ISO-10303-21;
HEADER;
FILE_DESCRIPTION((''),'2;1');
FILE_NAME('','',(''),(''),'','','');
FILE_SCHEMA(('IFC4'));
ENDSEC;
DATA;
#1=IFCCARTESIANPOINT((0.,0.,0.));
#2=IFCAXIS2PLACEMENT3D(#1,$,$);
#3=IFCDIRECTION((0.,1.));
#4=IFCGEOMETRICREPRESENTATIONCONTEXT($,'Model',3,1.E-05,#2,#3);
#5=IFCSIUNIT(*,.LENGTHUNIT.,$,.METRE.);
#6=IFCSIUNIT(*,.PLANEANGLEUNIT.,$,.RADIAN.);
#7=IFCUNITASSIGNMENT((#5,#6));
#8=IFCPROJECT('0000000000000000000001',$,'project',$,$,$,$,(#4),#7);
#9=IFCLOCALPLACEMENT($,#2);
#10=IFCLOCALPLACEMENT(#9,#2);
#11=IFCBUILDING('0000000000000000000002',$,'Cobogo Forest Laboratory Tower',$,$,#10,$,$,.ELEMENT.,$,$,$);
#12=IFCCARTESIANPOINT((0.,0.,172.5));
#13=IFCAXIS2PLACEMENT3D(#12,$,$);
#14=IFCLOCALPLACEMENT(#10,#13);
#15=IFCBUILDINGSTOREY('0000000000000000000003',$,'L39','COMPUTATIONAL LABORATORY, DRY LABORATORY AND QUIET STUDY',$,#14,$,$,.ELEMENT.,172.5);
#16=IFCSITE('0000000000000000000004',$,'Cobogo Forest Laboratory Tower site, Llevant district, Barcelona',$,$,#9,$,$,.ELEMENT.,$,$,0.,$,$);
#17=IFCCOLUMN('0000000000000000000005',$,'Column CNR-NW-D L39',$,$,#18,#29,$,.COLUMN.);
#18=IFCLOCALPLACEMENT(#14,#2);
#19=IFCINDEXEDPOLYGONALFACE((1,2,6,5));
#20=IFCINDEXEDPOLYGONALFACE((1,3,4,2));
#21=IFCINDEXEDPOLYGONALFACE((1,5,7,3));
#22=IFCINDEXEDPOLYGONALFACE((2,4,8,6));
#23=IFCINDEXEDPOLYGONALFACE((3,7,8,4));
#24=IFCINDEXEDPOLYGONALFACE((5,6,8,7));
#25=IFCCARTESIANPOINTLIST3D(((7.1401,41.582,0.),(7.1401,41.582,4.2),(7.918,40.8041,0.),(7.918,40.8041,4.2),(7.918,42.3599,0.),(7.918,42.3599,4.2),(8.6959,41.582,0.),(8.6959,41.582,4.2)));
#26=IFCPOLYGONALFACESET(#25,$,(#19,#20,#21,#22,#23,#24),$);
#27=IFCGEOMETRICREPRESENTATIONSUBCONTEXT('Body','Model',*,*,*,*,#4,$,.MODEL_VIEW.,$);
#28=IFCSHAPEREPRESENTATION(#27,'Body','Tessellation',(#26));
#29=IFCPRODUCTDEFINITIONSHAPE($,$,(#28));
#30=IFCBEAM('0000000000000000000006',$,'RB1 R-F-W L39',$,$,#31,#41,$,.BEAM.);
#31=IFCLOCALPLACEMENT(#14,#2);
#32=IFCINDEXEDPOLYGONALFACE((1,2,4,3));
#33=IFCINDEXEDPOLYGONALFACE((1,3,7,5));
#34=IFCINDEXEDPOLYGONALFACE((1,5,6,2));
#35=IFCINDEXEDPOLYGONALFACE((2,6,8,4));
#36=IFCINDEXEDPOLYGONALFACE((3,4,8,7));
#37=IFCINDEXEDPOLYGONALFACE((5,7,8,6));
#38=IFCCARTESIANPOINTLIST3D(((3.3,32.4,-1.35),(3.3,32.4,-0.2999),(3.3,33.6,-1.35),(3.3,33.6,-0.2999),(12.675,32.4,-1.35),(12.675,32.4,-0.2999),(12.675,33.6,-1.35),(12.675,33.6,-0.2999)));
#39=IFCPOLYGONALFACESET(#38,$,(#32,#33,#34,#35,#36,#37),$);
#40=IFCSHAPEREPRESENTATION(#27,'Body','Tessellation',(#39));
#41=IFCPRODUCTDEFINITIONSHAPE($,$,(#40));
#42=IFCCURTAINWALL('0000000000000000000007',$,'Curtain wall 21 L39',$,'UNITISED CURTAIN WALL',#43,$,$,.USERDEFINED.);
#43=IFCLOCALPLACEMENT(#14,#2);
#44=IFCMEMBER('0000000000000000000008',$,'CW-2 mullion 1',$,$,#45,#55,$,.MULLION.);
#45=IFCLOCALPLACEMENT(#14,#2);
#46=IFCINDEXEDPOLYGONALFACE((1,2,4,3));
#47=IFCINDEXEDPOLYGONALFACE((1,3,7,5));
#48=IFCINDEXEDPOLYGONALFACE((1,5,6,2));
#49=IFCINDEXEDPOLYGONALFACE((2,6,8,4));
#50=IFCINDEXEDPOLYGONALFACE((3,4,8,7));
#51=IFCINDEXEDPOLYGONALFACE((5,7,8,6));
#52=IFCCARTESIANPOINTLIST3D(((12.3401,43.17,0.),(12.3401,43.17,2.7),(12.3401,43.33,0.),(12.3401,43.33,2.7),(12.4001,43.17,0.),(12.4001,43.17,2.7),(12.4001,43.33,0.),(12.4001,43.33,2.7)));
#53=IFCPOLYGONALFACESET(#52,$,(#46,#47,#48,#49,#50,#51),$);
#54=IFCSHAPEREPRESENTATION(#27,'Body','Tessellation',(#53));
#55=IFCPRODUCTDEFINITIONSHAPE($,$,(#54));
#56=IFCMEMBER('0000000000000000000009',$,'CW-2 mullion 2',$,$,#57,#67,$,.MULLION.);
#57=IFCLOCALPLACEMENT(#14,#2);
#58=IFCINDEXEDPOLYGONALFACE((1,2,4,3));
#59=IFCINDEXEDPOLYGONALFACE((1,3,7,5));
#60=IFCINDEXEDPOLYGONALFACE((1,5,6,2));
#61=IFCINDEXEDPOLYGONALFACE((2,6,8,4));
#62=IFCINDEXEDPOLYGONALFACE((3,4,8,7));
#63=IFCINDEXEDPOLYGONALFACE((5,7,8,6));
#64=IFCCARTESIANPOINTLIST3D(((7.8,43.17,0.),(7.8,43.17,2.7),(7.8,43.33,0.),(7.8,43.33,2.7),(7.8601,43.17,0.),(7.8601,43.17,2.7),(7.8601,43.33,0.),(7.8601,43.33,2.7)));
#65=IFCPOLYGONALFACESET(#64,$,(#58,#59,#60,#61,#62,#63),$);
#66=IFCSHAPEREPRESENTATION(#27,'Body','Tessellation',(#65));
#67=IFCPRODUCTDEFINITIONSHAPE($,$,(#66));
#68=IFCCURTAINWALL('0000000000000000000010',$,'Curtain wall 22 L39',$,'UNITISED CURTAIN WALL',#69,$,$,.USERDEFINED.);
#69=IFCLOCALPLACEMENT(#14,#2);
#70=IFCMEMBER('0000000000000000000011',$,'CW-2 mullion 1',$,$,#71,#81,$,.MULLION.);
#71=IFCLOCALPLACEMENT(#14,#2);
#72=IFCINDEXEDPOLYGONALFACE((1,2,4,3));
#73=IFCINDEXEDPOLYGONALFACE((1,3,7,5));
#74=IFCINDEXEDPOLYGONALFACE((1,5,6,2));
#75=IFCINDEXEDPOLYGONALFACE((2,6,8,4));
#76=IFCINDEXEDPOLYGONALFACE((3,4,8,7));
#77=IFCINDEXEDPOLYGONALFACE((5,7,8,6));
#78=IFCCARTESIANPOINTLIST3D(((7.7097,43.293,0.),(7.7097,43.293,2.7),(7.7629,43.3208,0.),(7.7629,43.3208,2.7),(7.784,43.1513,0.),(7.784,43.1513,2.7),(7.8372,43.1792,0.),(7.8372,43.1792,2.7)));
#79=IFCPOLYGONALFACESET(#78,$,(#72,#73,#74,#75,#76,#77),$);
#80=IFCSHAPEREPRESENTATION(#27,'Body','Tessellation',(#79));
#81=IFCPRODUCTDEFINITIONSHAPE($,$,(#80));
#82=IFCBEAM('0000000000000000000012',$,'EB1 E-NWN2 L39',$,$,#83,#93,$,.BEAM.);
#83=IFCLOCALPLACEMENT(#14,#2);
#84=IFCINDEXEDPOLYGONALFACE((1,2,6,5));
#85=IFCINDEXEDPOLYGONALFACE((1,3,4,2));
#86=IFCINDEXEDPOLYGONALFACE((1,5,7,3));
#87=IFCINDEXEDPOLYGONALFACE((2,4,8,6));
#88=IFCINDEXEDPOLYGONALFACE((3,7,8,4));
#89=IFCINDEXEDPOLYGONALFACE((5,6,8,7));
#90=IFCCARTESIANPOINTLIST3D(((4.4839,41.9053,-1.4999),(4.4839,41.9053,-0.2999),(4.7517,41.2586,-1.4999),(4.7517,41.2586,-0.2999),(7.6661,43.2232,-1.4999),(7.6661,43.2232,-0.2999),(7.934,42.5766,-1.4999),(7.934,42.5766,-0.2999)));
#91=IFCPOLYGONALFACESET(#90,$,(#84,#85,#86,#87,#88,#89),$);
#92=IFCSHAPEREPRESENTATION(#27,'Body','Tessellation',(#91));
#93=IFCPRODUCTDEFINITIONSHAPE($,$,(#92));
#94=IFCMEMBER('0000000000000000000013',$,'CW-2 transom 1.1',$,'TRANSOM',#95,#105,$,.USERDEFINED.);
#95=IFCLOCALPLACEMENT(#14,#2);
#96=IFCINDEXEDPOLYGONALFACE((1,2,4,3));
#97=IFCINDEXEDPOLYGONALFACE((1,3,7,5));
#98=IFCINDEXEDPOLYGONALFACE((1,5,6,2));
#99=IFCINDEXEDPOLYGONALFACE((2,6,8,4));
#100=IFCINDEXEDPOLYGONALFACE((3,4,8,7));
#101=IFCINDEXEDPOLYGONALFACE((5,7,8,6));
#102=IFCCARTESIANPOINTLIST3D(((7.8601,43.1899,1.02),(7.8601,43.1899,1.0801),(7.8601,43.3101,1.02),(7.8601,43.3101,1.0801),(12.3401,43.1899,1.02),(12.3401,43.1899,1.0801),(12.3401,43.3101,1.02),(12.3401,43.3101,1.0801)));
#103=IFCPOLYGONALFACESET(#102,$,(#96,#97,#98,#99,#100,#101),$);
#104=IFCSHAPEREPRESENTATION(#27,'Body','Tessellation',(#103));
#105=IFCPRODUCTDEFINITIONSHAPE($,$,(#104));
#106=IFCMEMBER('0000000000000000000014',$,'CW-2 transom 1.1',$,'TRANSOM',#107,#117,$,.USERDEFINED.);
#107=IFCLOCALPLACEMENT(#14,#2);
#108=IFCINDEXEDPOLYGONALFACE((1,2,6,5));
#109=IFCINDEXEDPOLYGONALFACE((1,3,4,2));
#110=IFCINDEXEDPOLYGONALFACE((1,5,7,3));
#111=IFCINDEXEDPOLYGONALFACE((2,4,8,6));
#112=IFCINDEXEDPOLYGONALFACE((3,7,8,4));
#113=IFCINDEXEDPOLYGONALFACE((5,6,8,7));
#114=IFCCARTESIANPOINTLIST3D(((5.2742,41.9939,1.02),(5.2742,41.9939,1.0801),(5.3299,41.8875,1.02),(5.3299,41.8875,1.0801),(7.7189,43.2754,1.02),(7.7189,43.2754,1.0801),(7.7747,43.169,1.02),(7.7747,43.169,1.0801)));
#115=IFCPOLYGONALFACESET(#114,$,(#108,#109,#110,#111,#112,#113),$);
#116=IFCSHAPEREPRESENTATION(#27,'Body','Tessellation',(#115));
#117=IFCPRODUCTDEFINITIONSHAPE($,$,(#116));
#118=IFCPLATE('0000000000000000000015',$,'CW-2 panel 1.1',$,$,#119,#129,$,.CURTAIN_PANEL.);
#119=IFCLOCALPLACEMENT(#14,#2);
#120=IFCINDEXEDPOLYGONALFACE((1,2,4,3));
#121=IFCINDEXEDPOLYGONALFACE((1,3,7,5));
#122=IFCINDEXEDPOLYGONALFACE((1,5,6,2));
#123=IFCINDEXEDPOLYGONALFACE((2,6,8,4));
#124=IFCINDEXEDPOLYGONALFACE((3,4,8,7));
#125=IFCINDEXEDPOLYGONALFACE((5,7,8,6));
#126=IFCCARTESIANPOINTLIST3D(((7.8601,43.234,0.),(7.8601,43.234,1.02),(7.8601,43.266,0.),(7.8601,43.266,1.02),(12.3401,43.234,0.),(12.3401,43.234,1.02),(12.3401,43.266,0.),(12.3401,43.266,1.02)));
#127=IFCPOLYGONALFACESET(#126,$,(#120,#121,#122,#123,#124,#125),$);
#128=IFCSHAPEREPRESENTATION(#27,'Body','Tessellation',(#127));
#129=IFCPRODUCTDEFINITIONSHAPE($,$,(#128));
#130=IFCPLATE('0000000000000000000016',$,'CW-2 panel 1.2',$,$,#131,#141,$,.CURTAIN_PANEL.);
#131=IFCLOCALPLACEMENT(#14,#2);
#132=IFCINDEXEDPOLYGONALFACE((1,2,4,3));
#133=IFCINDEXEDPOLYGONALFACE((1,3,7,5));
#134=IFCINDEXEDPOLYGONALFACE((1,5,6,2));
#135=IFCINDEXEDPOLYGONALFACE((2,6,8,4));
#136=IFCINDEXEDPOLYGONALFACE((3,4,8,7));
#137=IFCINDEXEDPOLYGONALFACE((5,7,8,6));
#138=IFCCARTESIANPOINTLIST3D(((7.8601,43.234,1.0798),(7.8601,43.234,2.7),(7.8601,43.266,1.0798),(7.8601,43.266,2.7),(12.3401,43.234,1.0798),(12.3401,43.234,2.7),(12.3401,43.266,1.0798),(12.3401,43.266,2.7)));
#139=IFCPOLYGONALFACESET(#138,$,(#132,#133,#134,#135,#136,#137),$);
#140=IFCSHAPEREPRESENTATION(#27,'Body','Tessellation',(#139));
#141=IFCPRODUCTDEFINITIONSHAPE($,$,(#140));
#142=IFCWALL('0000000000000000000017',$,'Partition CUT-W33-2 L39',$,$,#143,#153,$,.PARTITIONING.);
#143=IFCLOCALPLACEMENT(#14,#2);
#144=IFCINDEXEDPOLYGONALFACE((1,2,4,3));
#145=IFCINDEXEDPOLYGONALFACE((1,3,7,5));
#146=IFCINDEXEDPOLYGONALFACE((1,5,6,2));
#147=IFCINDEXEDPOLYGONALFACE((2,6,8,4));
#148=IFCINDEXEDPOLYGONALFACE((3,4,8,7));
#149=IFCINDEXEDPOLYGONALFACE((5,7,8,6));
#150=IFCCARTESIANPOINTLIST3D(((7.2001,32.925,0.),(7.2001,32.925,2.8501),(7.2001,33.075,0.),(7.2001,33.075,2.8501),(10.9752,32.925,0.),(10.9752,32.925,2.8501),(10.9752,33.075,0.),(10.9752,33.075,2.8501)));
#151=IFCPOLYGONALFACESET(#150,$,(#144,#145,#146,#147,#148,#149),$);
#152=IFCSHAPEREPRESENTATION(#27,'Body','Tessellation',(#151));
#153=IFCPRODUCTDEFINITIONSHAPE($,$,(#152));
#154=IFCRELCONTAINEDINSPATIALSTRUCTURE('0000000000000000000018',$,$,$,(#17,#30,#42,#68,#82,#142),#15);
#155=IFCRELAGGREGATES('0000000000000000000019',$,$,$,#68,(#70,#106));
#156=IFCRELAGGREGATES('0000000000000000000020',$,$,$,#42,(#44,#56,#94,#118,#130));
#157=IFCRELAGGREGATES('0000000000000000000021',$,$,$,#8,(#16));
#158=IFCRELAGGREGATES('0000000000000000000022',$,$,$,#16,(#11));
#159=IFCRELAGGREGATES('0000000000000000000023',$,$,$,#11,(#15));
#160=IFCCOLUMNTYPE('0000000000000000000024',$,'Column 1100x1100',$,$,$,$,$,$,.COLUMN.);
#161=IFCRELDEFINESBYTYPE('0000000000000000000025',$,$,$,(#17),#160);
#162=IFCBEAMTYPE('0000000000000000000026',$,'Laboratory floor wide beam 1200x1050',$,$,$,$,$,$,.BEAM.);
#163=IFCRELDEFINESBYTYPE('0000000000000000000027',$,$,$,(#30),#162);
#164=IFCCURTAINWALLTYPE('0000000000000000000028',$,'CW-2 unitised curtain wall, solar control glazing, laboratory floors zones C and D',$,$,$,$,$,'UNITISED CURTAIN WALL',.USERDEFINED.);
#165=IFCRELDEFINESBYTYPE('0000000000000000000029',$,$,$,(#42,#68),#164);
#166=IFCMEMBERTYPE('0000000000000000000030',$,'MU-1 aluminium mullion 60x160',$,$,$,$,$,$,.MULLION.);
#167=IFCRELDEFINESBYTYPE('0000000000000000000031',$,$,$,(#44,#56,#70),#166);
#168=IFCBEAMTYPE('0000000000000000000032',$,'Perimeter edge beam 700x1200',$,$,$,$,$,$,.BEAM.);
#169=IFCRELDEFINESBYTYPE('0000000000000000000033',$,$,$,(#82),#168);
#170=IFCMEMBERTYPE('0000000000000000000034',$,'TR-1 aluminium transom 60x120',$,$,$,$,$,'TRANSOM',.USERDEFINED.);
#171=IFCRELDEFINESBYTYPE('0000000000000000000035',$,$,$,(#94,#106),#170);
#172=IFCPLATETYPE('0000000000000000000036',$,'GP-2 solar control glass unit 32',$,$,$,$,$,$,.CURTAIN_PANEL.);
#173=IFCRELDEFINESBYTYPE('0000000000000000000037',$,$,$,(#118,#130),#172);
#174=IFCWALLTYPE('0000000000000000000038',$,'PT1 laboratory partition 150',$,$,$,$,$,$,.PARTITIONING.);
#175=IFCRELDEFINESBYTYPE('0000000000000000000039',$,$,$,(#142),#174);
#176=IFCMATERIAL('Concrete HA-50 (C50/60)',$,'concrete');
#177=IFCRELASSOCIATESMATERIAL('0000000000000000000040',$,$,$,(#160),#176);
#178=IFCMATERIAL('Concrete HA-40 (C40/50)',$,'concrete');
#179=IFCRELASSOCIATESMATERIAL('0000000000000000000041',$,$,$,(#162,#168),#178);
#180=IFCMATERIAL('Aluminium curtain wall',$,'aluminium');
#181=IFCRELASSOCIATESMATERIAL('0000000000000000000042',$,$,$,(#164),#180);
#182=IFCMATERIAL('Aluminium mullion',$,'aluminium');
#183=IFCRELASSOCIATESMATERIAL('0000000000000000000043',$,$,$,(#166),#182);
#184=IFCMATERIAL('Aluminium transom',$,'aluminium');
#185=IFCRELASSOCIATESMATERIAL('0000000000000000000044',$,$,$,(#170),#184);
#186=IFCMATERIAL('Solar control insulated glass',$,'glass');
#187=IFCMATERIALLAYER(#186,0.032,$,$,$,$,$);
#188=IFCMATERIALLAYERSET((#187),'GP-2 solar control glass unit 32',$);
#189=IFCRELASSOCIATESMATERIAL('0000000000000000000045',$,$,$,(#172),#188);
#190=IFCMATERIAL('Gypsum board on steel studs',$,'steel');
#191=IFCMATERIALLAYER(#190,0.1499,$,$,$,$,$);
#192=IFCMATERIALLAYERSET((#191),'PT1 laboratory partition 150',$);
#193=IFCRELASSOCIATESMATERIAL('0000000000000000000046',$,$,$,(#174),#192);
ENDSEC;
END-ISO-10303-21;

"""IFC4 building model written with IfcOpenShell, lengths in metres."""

from ifc_helpers import new_model, si_unit, direction, frame, frame_2d, origin, origin_2d, place, context, subcontext, project, spatial, rectangle, extrude, material, layer, layer_set, material_profile, profile_set, type_object, element, aggregate, save


model = new_model("IFC4")

# Units and contexts
model_context = context("Model", 3, precision=1e-05, world=origin(), true_north=direction((0.0, 1.0)))
body_context = subcontext(model_context, "Body", "Model", "MODEL_VIEW")
ifc_project = project(units=[si_unit("LENGTHUNIT", "METRE"), si_unit("PLANEANGLEUNIT", "RADIAN")], contexts=[model_context])

# Site, building, storey
site_placement = place(None, origin())
site = spatial("IfcSite", under=ifc_project, at=site_placement, Name="Cobogo Forest Laboratory Tower site, Llevant district, Barcelona", CompositionType="ELEMENT", RefElevation=0.0)
building_placement = place(site_placement, origin())
building = spatial("IfcBuilding", under=site, at=building_placement, Name="Cobogo Forest Laboratory Tower", CompositionType="ELEMENT")
storey_placement = place(building_placement, frame((0.0, 0.0, 172.5)))
storey = spatial("IfcBuildingStorey", under=building, at=storey_placement, Name="L39", Description="COMPUTATIONAL LABORATORY, DRY LABORATORY AND QUIET STUDY", CompositionType="ELEMENT", Elevation=172.5)

# Column
ifc_material_1 = material(Name="Concrete HA-50 (C50/60)", Category="concrete")
ifc_material_profile_1 = material_profile(ifc_material_1, rectangle(XDim=1.1001, YDim=1.1001, at=origin_2d()), Name="RC 1100x1100")
ifc_profile_set_1 = profile_set([ifc_material_profile_1], Name="Concrete HA-50 (C50/60)")
column_type = type_object("IfcColumnType", Name="Column 1100x1100", PredefinedType="COLUMN", material=ifc_profile_set_1)
column_placement = place(storey_placement, frame((7.918, 41.582, 0.0), z_axis=(0.0, 0.0, 1.0), x_axis=(0.707107, 0.707107, 0.0)))
element("IfcColumn", 1, at=column_placement, inside=storey, type_object=column_type, Name="Column CNR-NW-D L39", PredefinedType="COLUMN", context=body_context, shape_type="SweptSolid", body=[
    extrude(rectangle(XDim=1.1001, YDim=1.1001, at=origin_2d()), origin(), (0.0, 0.0, 1.0), 4.2),
])

# Beam
ifc_material_2 = material(Name="Concrete HA-40 (C40/50)", Category="concrete")
ifc_material_profile_2 = material_profile(ifc_material_2, rectangle(XDim=1.2, YDim=1.05, at=origin_2d()), Name="RC 1200x1050")
ifc_profile_set_2 = profile_set([ifc_material_profile_2], Name="Concrete HA-40 (C40/50)")
beam_type_1 = type_object("IfcBeamType", Name="Laboratory floor wide beam 1200x1050", PredefinedType="BEAM", material=ifc_profile_set_2)
beam_1_placement = place(storey_placement, frame((12.675, 33.0, -0.825), z_axis=(-1.0, 0.0, 0.0), x_axis=(0.0, -1.0, 0.0)))
element("IfcBeam", 2, at=beam_1_placement, inside=storey, type_object=beam_type_1, Name="RB1 R-F-W L39", PredefinedType="BEAM", context=body_context, shape_type="SweptSolid", body=[
    extrude(rectangle(XDim=1.2, YDim=1.05, at=origin_2d()), origin(), (0.0, 0.0, 1.0), 9.375),
])

# Curtain wall, members
ifc_material_3 = material(Name="Aluminium curtain wall", Category="aluminium")
curtain_wall_type = type_object("IfcCurtainWallType", Name="CW-2 unitised curtain wall, solar control glazing, laboratory floors zones C and D", ElementType="UNITISED CURTAIN WALL", PredefinedType="USERDEFINED", material=ifc_material_3)
curtain_wall_1_placement = place(storey_placement, origin())
curtain_wall_1 = element("IfcCurtainWall", 3, at=curtain_wall_1_placement, inside=storey, type_object=curtain_wall_type, Name="Curtain wall 21 L39", ObjectType="UNITISED CURTAIN WALL", PredefinedType="USERDEFINED")
ifc_material_4 = material(Name="Aluminium mullion", Category="aluminium")
ifc_material_profile_3 = material_profile(ifc_material_4, rectangle(XDim=0.0601, YDim=0.1599, at=origin_2d()), Name="AL 60x160")
ifc_profile_set_3 = profile_set([ifc_material_profile_3], Name="Aluminium mullion")
member_type_1 = type_object("IfcMemberType", Name="MU-1 aluminium mullion 60x160", PredefinedType="MULLION", material=ifc_profile_set_3)
member_1_placement = place(storey_placement, frame((12.3701, 43.25, 0.0), z_axis=(0.0, 0.0, 1.0), x_axis=(-1.0, 0.0, 0.0)))
member_1 = element("IfcMember", 4, at=member_1_placement, type_object=member_type_1, Name="CW-2 mullion 1", PredefinedType="MULLION", context=body_context, shape_type="SweptSolid", body=[
    extrude(rectangle(XDim=0.0601, YDim=0.1599, at=origin_2d()), origin(), (0.0, 0.0, 1.0), 2.7),
])
member_2_placement = place(storey_placement, frame((7.8301, 43.25, 0.0), z_axis=(0.0, 0.0, 1.0), x_axis=(-1.0, 0.0, 0.0)))
member_2 = element("IfcMember", 5, at=member_2_placement, type_object=member_type_1, Name="CW-2 mullion 2", PredefinedType="MULLION", context=body_context, shape_type="SweptSolid", body=[
    extrude(rectangle(XDim=0.0601, YDim=0.1599, at=origin_2d()), origin(), (0.0, 0.0, 1.0), 2.7),
])

# Curtain wall, member
curtain_wall_2_placement = place(storey_placement, origin())
curtain_wall_2 = element("IfcCurtainWall", 6, at=curtain_wall_2_placement, inside=storey, type_object=curtain_wall_type, Name="Curtain wall 22 L39", ObjectType="UNITISED CURTAIN WALL", PredefinedType="USERDEFINED")
member_3_placement = place(storey_placement, frame((7.7734, 43.2361, 0.0), z_axis=(0.0, 0.0, 1.0), x_axis=(-0.885686, -0.464284, 0.0)))
member_3 = element("IfcMember", 7, at=member_3_placement, type_object=member_type_1, Name="CW-2 mullion 1", PredefinedType="MULLION", context=body_context, shape_type="SweptSolid", body=[
    extrude(rectangle(XDim=0.0601, YDim=0.1599, at=origin_2d()), origin(), (0.0, 0.0, 1.0), 2.7),
])

# Beam
ifc_material_profile_4 = material_profile(ifc_material_2, rectangle(XDim=0.7, YDim=1.2, at=origin_2d()), Name="RC 700x1200")
ifc_profile_set_4 = profile_set([ifc_material_profile_4], Name="Concrete HA-40 (C40/50)")
beam_type_2 = type_object("IfcBeamType", Name="Perimeter edge beam 700x1200", PredefinedType="BEAM", material=ifc_profile_set_4)
beam_2_placement = place(storey_placement, frame((7.8, 42.8999, -0.8999), z_axis=(-0.923901, -0.382631, 0.0), x_axis=(0.382631, -0.923901, 0.0)))
element("IfcBeam", 8, at=beam_2_placement, inside=storey, type_object=beam_type_2, Name="EB1 E-NWN2 L39", PredefinedType="BEAM", context=body_context, shape_type="SweptSolid", body=[
    extrude(rectangle(XDim=0.7, YDim=1.2, at=origin_2d()), origin(), (0.0, 0.0, 1.0), 3.4443),
])

# Members
ifc_material_5 = material(Name="Aluminium transom", Category="aluminium")
ifc_material_profile_5 = material_profile(ifc_material_5, rectangle(XDim=0.1201, YDim=0.0601, at=origin_2d()), Name="AL 60x120")
ifc_profile_set_5 = profile_set([ifc_material_profile_5], Name="Aluminium transom")
member_type_2 = type_object("IfcMemberType", Name="TR-1 aluminium transom 60x120", ElementType="TRANSOM", PredefinedType="USERDEFINED", material=ifc_profile_set_5)
member_4_placement = place(storey_placement, frame((12.3401, 43.25, 1.05), z_axis=(-1.0, 0.0, 0.0), x_axis=(0.0, -1.0, 0.0)))
member_4 = element("IfcMember", 9, at=member_4_placement, type_object=member_type_2, Name="CW-2 transom 1.1", ObjectType="TRANSOM", PredefinedType="USERDEFINED", context=body_context, shape_type="SweptSolid", body=[
    extrude(rectangle(XDim=0.1201, YDim=0.0601, at=origin_2d()), origin(), (0.0, 0.0, 1.0), 4.48),
])
member_5_placement = place(storey_placement, frame((7.7468, 43.2222, 1.05), z_axis=(-0.885702, -0.464255, 0.0), x_axis=(0.464255, -0.885702, 0.0)))
member_5 = element("IfcMember", 10, at=member_5_placement, type_object=member_type_2, Name="CW-2 transom 1.1", ObjectType="TRANSOM", PredefinedType="USERDEFINED", context=body_context, shape_type="SweptSolid", body=[
    extrude(rectangle(XDim=0.1201, YDim=0.0601, at=origin_2d()), origin(), (0.0, 0.0, 1.0), 2.7603),
])
aggregate(curtain_wall_2, [member_3, member_5])

# Plates
ifc_material_6 = material(Name="Solar control insulated glass", Category="glass")
ifc_layer_1 = layer(ifc_material_6, 0.032)
ifc_layer_set_1 = layer_set([ifc_layer_1], Name="GP-2 solar control glass unit 32")
plate_type = type_object("IfcPlateType", Name="GP-2 solar control glass unit 32", PredefinedType="CURTAIN_PANEL", material=ifc_layer_set_1)
plate_1_placement = place(storey_placement, frame((10.1001, 43.25, 0.0), z_axis=(0.0, 0.0, 1.0), x_axis=(-1.0, 0.0, 0.0)))
plate_1 = element("IfcPlate", 11, at=plate_1_placement, type_object=plate_type, Name="CW-2 panel 1.1", PredefinedType="CURTAIN_PANEL", context=body_context, shape_type="SweptSolid", body=[
    extrude(rectangle(XDim=4.48, YDim=0.032, at=origin_2d()), origin(), (0.0, 0.0, 1.0), 1.02),
])
plate_2_placement = place(storey_placement, frame((10.1001, 43.25, 1.0798), z_axis=(0.0, 0.0, 1.0), x_axis=(-1.0, 0.0, 0.0)))
plate_2 = element("IfcPlate", 12, at=plate_2_placement, type_object=plate_type, Name="CW-2 panel 1.2", PredefinedType="CURTAIN_PANEL", context=body_context, shape_type="SweptSolid", body=[
    extrude(rectangle(XDim=4.48, YDim=0.032, at=origin_2d()), origin(), (0.0, 0.0, 1.0), 1.6201),
])
aggregate(curtain_wall_1, [member_1, member_2, member_4, plate_1, plate_2])

# Wall
ifc_material_7 = material(Name="Gypsum board on steel studs", Category="steel")
ifc_layer_2 = layer(ifc_material_7, 0.1499)
ifc_layer_set_2 = layer_set([ifc_layer_2], Name="PT1 laboratory partition 150")
wall_type_1 = type_object("IfcWallType", Name="PT1 laboratory partition 150", PredefinedType="PARTITIONING", material=ifc_layer_set_2)
wall_1_placement = place(storey_placement, frame((7.2, 33.0, 0.0), z_axis=(0.0, 0.0, 1.0), x_axis=(1.0, 0.0, 0.0)))
element("IfcWall", 13, at=wall_1_placement, inside=storey, type_object=wall_type_1, Name="Partition CUT-W33-2 L39", PredefinedType="PARTITIONING", context=body_context, shape_type="SweptSolid", body=[
    extrude(rectangle(XDim=3.7751, YDim=0.1499, at=frame_2d((1.8877, 0.0))), origin(), (0.0, 0.0, 1.0), 2.8501),
])

save(model, "model.ifc")
